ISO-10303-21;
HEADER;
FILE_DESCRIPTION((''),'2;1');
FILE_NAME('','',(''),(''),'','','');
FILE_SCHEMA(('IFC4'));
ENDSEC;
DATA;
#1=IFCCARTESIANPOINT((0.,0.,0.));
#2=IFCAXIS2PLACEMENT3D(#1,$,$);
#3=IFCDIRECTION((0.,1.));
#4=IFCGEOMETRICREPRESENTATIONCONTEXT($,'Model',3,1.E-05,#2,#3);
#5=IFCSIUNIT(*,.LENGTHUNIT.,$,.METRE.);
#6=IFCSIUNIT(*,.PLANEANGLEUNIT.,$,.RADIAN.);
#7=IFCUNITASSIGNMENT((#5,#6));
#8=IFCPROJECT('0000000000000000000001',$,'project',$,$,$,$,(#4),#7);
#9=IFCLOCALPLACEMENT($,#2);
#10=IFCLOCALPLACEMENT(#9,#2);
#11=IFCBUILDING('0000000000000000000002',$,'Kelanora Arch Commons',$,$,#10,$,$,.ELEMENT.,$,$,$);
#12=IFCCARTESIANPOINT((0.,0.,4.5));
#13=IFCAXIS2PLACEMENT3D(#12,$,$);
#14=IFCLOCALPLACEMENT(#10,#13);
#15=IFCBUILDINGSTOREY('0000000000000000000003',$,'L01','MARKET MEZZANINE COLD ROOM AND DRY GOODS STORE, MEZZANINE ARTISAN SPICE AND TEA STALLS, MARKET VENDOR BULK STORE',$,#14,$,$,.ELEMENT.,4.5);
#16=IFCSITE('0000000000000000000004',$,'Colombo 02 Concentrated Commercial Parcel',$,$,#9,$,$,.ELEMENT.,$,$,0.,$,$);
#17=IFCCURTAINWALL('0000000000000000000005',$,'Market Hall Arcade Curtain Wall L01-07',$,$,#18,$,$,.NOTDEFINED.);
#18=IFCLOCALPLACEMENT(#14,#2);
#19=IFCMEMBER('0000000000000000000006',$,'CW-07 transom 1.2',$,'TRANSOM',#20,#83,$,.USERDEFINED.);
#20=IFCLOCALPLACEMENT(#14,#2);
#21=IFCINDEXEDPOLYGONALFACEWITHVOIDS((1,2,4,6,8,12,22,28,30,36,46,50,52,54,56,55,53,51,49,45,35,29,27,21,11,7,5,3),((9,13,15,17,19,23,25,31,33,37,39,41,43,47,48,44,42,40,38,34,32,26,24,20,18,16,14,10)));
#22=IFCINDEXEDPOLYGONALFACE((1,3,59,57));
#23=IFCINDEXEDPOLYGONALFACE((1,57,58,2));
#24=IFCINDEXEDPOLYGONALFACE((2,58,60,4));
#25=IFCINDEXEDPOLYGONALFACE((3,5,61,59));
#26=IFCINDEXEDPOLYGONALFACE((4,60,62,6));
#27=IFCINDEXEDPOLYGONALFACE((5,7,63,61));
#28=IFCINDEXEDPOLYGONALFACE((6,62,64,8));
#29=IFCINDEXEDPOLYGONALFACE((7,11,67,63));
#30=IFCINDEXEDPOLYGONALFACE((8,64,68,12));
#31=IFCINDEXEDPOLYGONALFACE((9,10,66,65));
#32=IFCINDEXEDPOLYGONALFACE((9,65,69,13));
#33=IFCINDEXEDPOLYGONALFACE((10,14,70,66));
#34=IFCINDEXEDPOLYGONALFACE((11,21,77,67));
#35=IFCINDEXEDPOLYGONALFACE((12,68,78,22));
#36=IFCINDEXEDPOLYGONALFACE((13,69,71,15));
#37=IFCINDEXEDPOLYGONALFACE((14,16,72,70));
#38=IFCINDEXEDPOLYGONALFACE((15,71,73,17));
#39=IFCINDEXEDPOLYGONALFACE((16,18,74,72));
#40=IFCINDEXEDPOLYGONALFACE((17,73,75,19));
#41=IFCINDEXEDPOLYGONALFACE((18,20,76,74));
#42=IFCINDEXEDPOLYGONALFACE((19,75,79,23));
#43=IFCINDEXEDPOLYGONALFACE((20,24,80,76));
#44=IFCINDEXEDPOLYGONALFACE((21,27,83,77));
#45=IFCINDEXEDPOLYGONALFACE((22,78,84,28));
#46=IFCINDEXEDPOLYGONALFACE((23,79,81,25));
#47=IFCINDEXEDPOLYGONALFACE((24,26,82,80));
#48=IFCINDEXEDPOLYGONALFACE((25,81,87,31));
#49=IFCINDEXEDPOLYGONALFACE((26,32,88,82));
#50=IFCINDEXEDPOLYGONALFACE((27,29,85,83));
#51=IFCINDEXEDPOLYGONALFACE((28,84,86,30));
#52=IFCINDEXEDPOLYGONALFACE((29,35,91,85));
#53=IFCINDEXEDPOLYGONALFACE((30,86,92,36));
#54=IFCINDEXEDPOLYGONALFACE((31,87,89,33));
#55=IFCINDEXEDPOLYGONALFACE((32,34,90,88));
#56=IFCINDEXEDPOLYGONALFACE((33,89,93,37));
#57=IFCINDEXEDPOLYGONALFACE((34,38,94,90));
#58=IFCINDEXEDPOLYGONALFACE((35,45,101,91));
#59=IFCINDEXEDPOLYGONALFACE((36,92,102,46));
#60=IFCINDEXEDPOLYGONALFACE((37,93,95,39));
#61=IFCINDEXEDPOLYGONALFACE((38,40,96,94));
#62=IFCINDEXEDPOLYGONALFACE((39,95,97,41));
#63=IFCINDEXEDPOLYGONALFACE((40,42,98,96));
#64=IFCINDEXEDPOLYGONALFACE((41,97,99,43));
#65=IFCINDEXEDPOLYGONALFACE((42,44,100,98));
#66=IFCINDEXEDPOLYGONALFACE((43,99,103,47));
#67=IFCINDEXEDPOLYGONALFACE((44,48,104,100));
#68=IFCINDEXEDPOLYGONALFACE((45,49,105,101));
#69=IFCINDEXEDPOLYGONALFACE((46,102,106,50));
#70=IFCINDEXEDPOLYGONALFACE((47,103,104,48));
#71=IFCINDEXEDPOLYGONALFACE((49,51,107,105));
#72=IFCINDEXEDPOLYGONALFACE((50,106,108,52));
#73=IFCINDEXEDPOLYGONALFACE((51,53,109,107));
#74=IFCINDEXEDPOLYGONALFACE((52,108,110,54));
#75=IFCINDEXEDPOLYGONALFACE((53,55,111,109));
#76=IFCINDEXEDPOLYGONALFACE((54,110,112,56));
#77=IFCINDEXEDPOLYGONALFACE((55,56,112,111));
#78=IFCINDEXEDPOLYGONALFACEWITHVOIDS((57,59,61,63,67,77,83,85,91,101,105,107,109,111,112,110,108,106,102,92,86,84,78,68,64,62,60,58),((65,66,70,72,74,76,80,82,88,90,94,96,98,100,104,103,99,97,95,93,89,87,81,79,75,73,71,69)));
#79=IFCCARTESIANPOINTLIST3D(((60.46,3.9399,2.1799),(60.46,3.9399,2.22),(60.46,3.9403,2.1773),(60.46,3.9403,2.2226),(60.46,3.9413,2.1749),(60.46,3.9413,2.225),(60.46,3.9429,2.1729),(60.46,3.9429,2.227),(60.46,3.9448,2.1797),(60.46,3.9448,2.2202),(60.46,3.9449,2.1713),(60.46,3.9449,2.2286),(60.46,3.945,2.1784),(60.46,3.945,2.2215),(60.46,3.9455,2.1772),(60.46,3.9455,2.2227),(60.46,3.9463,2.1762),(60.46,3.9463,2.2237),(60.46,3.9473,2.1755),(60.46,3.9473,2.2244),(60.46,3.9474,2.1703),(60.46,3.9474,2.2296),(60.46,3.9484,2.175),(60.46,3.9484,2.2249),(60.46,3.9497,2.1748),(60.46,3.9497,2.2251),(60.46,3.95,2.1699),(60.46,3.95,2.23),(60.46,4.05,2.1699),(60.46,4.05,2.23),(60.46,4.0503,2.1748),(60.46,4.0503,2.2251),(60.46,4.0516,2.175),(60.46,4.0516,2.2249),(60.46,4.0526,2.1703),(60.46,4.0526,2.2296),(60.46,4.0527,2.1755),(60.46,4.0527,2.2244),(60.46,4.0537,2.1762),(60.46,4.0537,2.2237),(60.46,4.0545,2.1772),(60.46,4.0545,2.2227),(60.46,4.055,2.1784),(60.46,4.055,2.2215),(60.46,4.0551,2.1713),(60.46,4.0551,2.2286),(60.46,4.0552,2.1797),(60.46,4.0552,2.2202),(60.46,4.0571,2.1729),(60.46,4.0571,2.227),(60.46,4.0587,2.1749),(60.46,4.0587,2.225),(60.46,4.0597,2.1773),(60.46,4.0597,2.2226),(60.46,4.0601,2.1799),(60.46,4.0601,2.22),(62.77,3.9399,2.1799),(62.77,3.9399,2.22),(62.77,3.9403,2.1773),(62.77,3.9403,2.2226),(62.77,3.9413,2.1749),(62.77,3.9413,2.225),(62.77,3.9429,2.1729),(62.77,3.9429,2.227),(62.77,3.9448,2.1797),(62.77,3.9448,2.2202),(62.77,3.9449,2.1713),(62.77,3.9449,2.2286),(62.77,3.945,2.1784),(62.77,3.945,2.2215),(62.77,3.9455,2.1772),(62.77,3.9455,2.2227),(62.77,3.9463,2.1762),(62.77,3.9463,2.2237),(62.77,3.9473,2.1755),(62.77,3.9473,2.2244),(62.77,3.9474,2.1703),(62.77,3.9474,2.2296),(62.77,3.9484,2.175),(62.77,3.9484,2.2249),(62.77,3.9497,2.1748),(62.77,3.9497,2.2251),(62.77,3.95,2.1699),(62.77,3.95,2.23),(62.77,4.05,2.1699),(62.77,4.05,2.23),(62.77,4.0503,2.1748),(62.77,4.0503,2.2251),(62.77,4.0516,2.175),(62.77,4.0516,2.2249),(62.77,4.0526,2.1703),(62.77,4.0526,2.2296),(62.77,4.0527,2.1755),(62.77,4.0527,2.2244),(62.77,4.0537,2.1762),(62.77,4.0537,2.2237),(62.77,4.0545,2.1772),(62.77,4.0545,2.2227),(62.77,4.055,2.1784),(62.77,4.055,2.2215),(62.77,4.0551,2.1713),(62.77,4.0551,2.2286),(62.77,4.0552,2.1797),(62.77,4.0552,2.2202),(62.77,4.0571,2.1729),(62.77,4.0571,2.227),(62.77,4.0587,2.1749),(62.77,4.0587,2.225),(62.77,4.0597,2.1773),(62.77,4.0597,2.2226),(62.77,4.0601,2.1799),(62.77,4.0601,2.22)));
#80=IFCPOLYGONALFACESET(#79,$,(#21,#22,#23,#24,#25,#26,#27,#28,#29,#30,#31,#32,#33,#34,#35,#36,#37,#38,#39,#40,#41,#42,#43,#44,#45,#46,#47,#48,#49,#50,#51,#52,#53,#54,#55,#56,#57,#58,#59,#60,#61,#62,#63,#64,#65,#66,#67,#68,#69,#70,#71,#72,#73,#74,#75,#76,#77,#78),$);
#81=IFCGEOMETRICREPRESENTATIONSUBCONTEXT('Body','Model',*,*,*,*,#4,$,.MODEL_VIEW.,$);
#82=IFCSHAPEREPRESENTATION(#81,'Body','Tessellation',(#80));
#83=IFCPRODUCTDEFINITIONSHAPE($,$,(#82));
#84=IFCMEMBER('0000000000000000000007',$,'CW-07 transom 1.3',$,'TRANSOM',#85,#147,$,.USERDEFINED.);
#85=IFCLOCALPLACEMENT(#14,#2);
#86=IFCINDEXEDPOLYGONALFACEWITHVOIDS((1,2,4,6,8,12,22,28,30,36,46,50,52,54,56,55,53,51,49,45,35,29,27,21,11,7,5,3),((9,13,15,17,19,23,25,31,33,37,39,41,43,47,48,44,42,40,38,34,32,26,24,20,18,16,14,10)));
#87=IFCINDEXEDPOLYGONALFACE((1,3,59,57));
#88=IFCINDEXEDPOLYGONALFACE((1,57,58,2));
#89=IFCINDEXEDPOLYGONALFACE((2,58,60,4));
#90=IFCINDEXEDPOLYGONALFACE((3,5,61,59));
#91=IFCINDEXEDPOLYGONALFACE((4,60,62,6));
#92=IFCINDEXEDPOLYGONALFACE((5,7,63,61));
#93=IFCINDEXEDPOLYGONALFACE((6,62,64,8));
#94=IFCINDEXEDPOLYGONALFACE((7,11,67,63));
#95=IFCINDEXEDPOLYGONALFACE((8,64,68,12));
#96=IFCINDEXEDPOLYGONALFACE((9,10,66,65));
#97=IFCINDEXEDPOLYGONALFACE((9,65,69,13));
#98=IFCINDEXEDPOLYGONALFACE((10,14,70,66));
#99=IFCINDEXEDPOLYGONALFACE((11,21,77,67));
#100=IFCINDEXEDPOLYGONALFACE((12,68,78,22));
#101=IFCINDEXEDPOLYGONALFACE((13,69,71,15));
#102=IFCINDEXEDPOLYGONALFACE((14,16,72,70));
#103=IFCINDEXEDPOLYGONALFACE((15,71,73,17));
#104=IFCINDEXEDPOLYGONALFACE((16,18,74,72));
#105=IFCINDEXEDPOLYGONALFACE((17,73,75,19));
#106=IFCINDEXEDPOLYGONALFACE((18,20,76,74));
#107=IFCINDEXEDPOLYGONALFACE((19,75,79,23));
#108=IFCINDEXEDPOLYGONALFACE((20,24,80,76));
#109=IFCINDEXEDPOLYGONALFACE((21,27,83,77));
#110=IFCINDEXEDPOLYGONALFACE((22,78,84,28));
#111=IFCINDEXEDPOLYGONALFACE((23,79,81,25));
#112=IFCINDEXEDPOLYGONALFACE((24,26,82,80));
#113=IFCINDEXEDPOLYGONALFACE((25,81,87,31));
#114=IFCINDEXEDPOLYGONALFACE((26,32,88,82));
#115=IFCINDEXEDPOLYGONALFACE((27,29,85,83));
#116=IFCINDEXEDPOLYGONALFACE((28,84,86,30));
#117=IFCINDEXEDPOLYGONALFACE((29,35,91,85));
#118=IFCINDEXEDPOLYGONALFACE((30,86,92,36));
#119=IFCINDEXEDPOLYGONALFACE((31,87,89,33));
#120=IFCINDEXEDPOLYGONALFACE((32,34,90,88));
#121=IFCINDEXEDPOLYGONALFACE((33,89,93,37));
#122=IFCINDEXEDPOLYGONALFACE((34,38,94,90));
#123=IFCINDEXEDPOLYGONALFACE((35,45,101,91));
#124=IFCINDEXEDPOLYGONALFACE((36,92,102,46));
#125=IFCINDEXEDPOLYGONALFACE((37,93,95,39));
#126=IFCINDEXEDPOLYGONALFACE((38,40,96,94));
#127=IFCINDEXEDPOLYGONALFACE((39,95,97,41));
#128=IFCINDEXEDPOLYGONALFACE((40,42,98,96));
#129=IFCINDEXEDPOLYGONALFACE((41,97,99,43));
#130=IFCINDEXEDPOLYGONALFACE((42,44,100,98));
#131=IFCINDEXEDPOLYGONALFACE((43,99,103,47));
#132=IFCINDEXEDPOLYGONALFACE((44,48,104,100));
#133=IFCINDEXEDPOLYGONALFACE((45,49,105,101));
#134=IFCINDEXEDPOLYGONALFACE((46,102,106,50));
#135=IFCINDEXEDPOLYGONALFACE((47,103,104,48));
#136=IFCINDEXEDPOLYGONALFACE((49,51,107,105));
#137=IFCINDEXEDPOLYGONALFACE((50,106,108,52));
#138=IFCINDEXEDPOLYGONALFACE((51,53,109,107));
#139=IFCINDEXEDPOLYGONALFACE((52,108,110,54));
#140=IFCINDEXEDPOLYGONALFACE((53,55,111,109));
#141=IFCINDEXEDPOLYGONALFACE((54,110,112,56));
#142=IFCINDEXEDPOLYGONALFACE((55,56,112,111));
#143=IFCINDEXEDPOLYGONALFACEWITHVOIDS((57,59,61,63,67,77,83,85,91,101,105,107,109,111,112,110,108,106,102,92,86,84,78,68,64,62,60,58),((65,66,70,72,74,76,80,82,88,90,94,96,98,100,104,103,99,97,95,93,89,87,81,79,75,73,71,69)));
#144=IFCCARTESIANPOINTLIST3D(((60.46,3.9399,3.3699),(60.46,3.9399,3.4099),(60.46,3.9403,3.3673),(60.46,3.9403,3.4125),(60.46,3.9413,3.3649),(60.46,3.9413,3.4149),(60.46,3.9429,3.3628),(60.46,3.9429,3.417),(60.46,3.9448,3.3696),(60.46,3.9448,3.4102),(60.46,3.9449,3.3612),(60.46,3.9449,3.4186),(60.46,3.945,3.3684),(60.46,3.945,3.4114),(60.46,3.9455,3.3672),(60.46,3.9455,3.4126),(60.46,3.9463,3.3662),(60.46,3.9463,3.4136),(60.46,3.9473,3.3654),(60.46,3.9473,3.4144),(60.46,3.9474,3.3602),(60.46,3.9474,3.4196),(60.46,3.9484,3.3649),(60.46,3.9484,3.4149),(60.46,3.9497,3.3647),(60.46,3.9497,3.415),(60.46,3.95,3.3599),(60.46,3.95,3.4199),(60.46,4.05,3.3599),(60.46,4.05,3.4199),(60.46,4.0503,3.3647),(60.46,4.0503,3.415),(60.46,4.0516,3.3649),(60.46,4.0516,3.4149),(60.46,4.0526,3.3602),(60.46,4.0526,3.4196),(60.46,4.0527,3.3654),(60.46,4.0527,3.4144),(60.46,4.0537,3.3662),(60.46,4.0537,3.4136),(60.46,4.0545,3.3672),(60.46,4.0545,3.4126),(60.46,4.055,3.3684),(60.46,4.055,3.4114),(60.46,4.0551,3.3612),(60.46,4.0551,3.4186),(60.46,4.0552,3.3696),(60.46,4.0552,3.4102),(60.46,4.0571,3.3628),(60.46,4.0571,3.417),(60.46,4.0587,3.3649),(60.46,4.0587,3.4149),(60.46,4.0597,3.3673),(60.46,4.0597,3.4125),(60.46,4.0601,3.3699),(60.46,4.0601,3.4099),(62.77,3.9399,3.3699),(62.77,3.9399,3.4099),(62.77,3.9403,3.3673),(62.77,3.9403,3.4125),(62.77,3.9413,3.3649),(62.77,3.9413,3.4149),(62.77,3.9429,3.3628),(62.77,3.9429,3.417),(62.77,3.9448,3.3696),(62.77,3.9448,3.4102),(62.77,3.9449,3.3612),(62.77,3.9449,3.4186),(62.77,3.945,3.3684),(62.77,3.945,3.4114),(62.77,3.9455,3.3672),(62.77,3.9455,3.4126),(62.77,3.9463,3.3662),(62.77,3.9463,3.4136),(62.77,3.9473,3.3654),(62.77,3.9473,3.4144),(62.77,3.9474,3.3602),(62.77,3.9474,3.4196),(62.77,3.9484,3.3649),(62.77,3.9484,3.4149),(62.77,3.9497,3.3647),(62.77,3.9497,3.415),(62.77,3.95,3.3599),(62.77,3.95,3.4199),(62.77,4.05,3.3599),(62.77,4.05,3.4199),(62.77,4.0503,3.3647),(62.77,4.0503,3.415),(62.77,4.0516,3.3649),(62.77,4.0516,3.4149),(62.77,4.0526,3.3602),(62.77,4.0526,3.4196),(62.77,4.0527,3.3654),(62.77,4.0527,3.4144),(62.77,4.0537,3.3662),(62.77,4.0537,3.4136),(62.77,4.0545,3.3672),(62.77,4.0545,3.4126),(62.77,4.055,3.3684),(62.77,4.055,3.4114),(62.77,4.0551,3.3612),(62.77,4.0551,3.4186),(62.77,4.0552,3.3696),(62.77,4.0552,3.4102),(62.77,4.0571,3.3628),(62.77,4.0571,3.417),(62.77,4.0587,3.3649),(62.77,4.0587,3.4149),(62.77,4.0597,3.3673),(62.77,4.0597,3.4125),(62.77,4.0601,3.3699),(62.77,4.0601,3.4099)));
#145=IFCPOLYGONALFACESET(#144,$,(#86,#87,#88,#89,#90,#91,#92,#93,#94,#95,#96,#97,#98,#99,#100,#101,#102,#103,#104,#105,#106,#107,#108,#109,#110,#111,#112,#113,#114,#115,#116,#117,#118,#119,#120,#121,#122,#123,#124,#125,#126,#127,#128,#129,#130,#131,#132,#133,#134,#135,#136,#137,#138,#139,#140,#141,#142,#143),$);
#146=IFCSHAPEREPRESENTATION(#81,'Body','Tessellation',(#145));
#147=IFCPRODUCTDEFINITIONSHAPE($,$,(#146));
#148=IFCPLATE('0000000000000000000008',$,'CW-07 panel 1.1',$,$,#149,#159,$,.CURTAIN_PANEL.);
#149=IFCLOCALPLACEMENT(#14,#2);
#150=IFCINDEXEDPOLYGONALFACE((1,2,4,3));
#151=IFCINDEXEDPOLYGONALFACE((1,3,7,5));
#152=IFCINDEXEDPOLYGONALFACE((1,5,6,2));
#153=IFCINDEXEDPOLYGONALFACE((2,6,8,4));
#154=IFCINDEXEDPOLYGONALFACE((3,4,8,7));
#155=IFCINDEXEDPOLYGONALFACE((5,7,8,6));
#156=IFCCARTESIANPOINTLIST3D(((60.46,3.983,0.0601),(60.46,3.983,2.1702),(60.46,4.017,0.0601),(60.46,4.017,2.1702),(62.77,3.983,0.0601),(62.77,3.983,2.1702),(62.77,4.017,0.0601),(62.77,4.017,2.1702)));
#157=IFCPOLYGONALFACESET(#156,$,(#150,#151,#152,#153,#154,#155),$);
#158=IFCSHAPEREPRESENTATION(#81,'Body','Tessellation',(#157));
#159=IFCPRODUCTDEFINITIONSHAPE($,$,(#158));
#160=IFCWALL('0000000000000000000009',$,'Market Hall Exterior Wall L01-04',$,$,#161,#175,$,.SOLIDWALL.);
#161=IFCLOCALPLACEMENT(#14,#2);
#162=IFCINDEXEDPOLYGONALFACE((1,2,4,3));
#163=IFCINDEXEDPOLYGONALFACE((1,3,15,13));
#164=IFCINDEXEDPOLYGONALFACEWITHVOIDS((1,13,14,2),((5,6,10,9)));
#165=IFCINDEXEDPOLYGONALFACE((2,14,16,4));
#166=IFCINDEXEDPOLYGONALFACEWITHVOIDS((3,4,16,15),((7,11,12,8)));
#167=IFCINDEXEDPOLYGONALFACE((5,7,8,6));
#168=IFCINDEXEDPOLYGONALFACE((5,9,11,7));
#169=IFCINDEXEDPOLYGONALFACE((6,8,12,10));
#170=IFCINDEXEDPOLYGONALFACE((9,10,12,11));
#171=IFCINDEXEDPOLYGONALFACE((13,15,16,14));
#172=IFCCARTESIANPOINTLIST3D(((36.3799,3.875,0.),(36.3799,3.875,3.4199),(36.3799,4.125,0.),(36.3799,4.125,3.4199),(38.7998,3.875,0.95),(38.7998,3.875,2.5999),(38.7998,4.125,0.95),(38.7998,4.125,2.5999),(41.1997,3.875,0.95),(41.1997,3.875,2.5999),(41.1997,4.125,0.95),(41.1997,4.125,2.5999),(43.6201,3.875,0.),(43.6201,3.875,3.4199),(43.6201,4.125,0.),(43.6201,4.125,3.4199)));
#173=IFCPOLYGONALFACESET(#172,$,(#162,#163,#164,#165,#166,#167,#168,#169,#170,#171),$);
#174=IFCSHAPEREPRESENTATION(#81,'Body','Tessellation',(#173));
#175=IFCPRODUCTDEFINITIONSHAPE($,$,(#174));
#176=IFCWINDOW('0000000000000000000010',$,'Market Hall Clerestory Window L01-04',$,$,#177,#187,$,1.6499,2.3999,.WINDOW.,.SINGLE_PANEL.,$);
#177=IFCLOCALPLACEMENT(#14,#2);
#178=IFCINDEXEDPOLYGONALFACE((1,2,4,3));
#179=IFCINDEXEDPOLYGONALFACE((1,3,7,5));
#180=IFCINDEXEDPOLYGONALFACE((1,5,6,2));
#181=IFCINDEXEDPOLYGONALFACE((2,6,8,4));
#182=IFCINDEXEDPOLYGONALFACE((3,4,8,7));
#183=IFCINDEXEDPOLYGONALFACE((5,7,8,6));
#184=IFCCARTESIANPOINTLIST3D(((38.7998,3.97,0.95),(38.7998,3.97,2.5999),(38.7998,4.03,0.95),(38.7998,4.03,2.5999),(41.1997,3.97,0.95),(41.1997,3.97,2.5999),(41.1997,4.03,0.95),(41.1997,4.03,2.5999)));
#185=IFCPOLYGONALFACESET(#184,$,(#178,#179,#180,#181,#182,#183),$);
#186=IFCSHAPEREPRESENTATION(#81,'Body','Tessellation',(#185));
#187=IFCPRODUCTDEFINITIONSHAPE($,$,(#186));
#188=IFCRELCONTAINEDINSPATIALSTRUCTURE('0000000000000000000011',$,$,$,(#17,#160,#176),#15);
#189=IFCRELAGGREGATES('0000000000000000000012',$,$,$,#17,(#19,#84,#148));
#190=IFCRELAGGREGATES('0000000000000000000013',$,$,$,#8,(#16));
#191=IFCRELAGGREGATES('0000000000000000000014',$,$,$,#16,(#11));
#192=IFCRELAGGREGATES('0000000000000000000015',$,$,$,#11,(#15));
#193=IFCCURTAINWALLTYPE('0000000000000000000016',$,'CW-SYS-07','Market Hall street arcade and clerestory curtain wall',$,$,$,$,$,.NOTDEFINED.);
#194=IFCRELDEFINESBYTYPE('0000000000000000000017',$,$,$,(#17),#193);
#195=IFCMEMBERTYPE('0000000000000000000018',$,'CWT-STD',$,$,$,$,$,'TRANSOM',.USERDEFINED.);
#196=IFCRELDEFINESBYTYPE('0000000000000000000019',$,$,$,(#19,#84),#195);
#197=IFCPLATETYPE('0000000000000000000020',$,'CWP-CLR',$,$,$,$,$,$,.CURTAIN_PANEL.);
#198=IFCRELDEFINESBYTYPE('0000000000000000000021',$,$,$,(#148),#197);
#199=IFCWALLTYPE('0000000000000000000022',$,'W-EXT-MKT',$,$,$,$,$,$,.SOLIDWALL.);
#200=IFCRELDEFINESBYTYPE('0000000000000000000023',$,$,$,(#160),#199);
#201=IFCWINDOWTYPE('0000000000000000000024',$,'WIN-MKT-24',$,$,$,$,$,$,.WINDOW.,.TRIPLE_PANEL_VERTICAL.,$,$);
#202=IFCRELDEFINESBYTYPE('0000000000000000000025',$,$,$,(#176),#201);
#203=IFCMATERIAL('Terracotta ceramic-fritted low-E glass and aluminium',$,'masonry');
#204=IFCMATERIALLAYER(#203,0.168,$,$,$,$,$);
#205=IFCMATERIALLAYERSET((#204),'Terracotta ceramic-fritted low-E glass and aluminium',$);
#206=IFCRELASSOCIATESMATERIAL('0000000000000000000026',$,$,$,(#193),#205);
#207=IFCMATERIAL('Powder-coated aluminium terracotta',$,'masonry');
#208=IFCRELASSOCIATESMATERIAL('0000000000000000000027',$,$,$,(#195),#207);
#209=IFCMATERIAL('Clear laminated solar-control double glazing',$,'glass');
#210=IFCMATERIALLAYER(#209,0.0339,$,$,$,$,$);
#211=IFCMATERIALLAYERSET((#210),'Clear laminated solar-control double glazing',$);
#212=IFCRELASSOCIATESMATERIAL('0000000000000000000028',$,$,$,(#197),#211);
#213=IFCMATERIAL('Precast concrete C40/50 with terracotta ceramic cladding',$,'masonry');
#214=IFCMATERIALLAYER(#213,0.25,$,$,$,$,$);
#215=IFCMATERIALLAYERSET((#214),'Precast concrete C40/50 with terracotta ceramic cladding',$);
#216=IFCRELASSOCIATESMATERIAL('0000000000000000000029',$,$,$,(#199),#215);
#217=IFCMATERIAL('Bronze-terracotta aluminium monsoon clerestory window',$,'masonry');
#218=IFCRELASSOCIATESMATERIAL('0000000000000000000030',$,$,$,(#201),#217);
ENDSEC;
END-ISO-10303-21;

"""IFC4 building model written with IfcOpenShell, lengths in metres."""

from ifc_helpers import new_model, si_unit, direction, frame, frame_2d, origin, origin_2d, place, context, subcontext, project, spatial, rectangle, hollow_rectangle, extrude, source, transform, mapped, material, layer, layer_set, material_profile, profile_set, type_object, element, fill, aggregate, save


model = new_model("IFC4")

# Units and contexts
model_context = context("Model", 3, precision=1e-05, world=origin(), true_north=direction((0.0, 1.0)))
body_context = subcontext(model_context, "Body", "Model", "MODEL_VIEW")
ifc_project = project(units=[si_unit("LENGTHUNIT", "METRE"), si_unit("PLANEANGLEUNIT", "RADIAN")], contexts=[model_context])

# Site, building, storey
site_placement = place(None, origin())
site = spatial("IfcSite", under=ifc_project, at=site_placement, Name="Colombo 02 Concentrated Commercial Parcel", CompositionType="ELEMENT", RefElevation=0.0)
building_placement = place(site_placement, origin())
building = spatial("IfcBuilding", under=site, at=building_placement, Name="Kelanora Arch Commons", CompositionType="ELEMENT")
storey_placement = place(building_placement, frame((0.0, 0.0, 4.5)))
storey = spatial("IfcBuildingStorey", under=building, at=storey_placement, Name="L01", Description="MARKET MEZZANINE COLD ROOM AND DRY GOODS STORE, MEZZANINE ARTISAN SPICE AND TEA STALLS, MARKET VENDOR BULK STORE", CompositionType="ELEMENT", Elevation=4.5)

# Curtain wall, members, plate
ifc_material_1 = material(Name="Terracotta ceramic-fritted low-E glass and aluminium", Category="masonry")
ifc_layer_1 = layer(ifc_material_1, 0.168)
ifc_layer_set_1 = layer_set([ifc_layer_1], Name="Terracotta ceramic-fritted low-E glass and aluminium")
curtain_wall_type = type_object("IfcCurtainWallType", Name="CW-SYS-07", Description="Market Hall street arcade and clerestory curtain wall", PredefinedType="NOTDEFINED", material=ifc_layer_set_1)
curtain_wall_placement = place(storey_placement, origin())
curtain_wall = element("IfcCurtainWall", 1, at=curtain_wall_placement, inside=storey, type_object=curtain_wall_type, Name="Market Hall Arcade Curtain Wall L01-07", PredefinedType="NOTDEFINED")
ifc_material_2 = material(Name="Powder-coated aluminium terracotta", Category="masonry")
ifc_material_profile_1 = material_profile(ifc_material_2, hollow_rectangle(XDim=0.1201, YDim=0.0601, WallThickness=0.0049, InnerFilletRadius=0.0049, OuterFilletRadius=0.01, at=origin_2d()), Name="CWT120x60")
ifc_profile_set_1 = profile_set([ifc_material_profile_1], Name="Powder-coated aluminium terracotta")
member_type_1 = type_object("IfcMemberType", Name="CWT-STD", ElementType="TRANSOM", PredefinedType="USERDEFINED", material=ifc_profile_set_1)
member_1_placement = place(storey_placement, frame((60.46, 4.0, 2.2), z_axis=(1.0, 0.0, 0.0), x_axis=(0.0, 1.0, 0.0)))
member_1 = element("IfcMember", 2, at=member_1_placement, type_object=member_type_1, Name="CW-07 transom 1.2", ObjectType="TRANSOM", PredefinedType="USERDEFINED", context=body_context, shape_type="SweptSolid", body=[
    extrude(hollow_rectangle(XDim=0.1201, YDim=0.0601, WallThickness=0.0049, InnerFilletRadius=0.0049, OuterFilletRadius=0.01, at=origin_2d()), origin(), (0.0, 0.0, 1.0), 2.3101),
])
member_2_placement = place(storey_placement, frame((60.46, 4.0, 3.3899), z_axis=(1.0, 0.0, 0.0), x_axis=(0.0, 1.0, 0.0)))
member_2 = element("IfcMember", 3, at=member_2_placement, type_object=member_type_1, Name="CW-07 transom 1.3", ObjectType="TRANSOM", PredefinedType="USERDEFINED", context=body_context, shape_type="SweptSolid", body=[
    extrude(hollow_rectangle(XDim=0.1201, YDim=0.0601, WallThickness=0.0049, InnerFilletRadius=0.0049, OuterFilletRadius=0.01, at=origin_2d()), origin(), (0.0, 0.0, 1.0), 2.3101),
])
ifc_material_3 = material(Name="Clear laminated solar-control double glazing", Category="glass")
ifc_layer_2 = layer(ifc_material_3, 0.0339)
ifc_layer_set_2 = layer_set([ifc_layer_2], Name="Clear laminated solar-control double glazing")
plate_type = type_object("IfcPlateType", Name="CWP-CLR", PredefinedType="CURTAIN_PANEL", material=ifc_layer_set_2)
shared_shape = source(origin(), body_context, "Body", "SweptSolid", [
    extrude(rectangle(XDim=2.3101, YDim=0.0339, at=origin_2d()), origin(), (0.0, 0.0, 1.0), 2.1101),
])
plate_placement = place(storey_placement, frame((61.615, 4.0, 0.0601), z_axis=(0.0, 0.0, 1.0), x_axis=(1.0, 0.0, 0.0)))
plate = element("IfcPlate", 4, at=plate_placement, type_object=plate_type, Name="CW-07 panel 1.1", PredefinedType="CURTAIN_PANEL", context=body_context, shape_type="MappedRepresentation", body=[
    mapped(shared_shape, transform((0.0, 0.0, 0.0), scale=1.0)),
])
aggregate(curtain_wall, [member_1, member_2, plate])

# Wall, opening, window
ifc_material_4 = material(Name="Precast concrete C40/50 with terracotta ceramic cladding", Category="masonry")
ifc_layer_3 = layer(ifc_material_4, 0.25)
ifc_layer_set_3 = layer_set([ifc_layer_3], Name="Precast concrete C40/50 with terracotta ceramic cladding")
wall_type = type_object("IfcWallType", Name="W-EXT-MKT", PredefinedType="SOLIDWALL", material=ifc_layer_set_3)
wall_1_placement = place(storey_placement, frame((36.3799, 4.0, 0.0), z_axis=(0.0, 0.0, 1.0), x_axis=(1.0, 0.0, 0.0)))
wall_1 = element("IfcWall", 5, at=wall_1_placement, inside=storey, type_object=wall_type, Name="Market Hall Exterior Wall L01-04", PredefinedType="SOLIDWALL", context=body_context, shape_type="SweptSolid", body=[
    extrude(rectangle(XDim=7.2402, YDim=0.25, at=frame_2d((3.6201, 0.0))), origin(), (0.0, 0.0, 1.0), 3.4199),
])
opening_1_placement = place(wall_1_placement, frame((2.4199, 0.0, 0.95)))
opening_1 = element("IfcOpeningElement", 6, at=opening_1_placement, cuts=wall_1, PredefinedType="OPENING", context=body_context, shape_type="SweptSolid", body=[
    extrude(rectangle(XDim=2.3999, YDim=1.6499, at=frame_2d((1.2, 0.825))), frame((0.0, 0.135, 0.0), z_axis=(0.0, -1.0, 0.0), x_axis=(1.0, 0.0, 0.0)), (0.0, 0.0, 1.0), 0.27),
])
ifc_material_5 = material(Name="Bronze-terracotta aluminium monsoon clerestory window", Category="masonry")
window_type = type_object("IfcWindowType", Name="WIN-MKT-24", PartitioningType="TRIPLE_PANEL_VERTICAL", PredefinedType="WINDOW", material=ifc_material_5)
window_1_placement = place(opening_1_placement, origin())
window_1 = element("IfcWindow", 7, at=window_1_placement, inside=storey, type_object=window_type, Name="Market Hall Clerestory Window L01-04", OverallHeight=1.6499, OverallWidth=2.3999, PartitioningType="SINGLE_PANEL", PredefinedType="WINDOW", context=body_context, shape_type="SweptSolid", body=[
    extrude(rectangle(XDim=2.3999, YDim=1.6499, at=frame_2d((1.2, 0.825))), frame((0.0, 0.03, 0.0), z_axis=(0.0, -1.0, 0.0), x_axis=(1.0, 0.0, 0.0)), (0.0, 0.0, 1.0), 0.0601),
])
fill(opening_1, window_1)

save(model, "model.ifc")
